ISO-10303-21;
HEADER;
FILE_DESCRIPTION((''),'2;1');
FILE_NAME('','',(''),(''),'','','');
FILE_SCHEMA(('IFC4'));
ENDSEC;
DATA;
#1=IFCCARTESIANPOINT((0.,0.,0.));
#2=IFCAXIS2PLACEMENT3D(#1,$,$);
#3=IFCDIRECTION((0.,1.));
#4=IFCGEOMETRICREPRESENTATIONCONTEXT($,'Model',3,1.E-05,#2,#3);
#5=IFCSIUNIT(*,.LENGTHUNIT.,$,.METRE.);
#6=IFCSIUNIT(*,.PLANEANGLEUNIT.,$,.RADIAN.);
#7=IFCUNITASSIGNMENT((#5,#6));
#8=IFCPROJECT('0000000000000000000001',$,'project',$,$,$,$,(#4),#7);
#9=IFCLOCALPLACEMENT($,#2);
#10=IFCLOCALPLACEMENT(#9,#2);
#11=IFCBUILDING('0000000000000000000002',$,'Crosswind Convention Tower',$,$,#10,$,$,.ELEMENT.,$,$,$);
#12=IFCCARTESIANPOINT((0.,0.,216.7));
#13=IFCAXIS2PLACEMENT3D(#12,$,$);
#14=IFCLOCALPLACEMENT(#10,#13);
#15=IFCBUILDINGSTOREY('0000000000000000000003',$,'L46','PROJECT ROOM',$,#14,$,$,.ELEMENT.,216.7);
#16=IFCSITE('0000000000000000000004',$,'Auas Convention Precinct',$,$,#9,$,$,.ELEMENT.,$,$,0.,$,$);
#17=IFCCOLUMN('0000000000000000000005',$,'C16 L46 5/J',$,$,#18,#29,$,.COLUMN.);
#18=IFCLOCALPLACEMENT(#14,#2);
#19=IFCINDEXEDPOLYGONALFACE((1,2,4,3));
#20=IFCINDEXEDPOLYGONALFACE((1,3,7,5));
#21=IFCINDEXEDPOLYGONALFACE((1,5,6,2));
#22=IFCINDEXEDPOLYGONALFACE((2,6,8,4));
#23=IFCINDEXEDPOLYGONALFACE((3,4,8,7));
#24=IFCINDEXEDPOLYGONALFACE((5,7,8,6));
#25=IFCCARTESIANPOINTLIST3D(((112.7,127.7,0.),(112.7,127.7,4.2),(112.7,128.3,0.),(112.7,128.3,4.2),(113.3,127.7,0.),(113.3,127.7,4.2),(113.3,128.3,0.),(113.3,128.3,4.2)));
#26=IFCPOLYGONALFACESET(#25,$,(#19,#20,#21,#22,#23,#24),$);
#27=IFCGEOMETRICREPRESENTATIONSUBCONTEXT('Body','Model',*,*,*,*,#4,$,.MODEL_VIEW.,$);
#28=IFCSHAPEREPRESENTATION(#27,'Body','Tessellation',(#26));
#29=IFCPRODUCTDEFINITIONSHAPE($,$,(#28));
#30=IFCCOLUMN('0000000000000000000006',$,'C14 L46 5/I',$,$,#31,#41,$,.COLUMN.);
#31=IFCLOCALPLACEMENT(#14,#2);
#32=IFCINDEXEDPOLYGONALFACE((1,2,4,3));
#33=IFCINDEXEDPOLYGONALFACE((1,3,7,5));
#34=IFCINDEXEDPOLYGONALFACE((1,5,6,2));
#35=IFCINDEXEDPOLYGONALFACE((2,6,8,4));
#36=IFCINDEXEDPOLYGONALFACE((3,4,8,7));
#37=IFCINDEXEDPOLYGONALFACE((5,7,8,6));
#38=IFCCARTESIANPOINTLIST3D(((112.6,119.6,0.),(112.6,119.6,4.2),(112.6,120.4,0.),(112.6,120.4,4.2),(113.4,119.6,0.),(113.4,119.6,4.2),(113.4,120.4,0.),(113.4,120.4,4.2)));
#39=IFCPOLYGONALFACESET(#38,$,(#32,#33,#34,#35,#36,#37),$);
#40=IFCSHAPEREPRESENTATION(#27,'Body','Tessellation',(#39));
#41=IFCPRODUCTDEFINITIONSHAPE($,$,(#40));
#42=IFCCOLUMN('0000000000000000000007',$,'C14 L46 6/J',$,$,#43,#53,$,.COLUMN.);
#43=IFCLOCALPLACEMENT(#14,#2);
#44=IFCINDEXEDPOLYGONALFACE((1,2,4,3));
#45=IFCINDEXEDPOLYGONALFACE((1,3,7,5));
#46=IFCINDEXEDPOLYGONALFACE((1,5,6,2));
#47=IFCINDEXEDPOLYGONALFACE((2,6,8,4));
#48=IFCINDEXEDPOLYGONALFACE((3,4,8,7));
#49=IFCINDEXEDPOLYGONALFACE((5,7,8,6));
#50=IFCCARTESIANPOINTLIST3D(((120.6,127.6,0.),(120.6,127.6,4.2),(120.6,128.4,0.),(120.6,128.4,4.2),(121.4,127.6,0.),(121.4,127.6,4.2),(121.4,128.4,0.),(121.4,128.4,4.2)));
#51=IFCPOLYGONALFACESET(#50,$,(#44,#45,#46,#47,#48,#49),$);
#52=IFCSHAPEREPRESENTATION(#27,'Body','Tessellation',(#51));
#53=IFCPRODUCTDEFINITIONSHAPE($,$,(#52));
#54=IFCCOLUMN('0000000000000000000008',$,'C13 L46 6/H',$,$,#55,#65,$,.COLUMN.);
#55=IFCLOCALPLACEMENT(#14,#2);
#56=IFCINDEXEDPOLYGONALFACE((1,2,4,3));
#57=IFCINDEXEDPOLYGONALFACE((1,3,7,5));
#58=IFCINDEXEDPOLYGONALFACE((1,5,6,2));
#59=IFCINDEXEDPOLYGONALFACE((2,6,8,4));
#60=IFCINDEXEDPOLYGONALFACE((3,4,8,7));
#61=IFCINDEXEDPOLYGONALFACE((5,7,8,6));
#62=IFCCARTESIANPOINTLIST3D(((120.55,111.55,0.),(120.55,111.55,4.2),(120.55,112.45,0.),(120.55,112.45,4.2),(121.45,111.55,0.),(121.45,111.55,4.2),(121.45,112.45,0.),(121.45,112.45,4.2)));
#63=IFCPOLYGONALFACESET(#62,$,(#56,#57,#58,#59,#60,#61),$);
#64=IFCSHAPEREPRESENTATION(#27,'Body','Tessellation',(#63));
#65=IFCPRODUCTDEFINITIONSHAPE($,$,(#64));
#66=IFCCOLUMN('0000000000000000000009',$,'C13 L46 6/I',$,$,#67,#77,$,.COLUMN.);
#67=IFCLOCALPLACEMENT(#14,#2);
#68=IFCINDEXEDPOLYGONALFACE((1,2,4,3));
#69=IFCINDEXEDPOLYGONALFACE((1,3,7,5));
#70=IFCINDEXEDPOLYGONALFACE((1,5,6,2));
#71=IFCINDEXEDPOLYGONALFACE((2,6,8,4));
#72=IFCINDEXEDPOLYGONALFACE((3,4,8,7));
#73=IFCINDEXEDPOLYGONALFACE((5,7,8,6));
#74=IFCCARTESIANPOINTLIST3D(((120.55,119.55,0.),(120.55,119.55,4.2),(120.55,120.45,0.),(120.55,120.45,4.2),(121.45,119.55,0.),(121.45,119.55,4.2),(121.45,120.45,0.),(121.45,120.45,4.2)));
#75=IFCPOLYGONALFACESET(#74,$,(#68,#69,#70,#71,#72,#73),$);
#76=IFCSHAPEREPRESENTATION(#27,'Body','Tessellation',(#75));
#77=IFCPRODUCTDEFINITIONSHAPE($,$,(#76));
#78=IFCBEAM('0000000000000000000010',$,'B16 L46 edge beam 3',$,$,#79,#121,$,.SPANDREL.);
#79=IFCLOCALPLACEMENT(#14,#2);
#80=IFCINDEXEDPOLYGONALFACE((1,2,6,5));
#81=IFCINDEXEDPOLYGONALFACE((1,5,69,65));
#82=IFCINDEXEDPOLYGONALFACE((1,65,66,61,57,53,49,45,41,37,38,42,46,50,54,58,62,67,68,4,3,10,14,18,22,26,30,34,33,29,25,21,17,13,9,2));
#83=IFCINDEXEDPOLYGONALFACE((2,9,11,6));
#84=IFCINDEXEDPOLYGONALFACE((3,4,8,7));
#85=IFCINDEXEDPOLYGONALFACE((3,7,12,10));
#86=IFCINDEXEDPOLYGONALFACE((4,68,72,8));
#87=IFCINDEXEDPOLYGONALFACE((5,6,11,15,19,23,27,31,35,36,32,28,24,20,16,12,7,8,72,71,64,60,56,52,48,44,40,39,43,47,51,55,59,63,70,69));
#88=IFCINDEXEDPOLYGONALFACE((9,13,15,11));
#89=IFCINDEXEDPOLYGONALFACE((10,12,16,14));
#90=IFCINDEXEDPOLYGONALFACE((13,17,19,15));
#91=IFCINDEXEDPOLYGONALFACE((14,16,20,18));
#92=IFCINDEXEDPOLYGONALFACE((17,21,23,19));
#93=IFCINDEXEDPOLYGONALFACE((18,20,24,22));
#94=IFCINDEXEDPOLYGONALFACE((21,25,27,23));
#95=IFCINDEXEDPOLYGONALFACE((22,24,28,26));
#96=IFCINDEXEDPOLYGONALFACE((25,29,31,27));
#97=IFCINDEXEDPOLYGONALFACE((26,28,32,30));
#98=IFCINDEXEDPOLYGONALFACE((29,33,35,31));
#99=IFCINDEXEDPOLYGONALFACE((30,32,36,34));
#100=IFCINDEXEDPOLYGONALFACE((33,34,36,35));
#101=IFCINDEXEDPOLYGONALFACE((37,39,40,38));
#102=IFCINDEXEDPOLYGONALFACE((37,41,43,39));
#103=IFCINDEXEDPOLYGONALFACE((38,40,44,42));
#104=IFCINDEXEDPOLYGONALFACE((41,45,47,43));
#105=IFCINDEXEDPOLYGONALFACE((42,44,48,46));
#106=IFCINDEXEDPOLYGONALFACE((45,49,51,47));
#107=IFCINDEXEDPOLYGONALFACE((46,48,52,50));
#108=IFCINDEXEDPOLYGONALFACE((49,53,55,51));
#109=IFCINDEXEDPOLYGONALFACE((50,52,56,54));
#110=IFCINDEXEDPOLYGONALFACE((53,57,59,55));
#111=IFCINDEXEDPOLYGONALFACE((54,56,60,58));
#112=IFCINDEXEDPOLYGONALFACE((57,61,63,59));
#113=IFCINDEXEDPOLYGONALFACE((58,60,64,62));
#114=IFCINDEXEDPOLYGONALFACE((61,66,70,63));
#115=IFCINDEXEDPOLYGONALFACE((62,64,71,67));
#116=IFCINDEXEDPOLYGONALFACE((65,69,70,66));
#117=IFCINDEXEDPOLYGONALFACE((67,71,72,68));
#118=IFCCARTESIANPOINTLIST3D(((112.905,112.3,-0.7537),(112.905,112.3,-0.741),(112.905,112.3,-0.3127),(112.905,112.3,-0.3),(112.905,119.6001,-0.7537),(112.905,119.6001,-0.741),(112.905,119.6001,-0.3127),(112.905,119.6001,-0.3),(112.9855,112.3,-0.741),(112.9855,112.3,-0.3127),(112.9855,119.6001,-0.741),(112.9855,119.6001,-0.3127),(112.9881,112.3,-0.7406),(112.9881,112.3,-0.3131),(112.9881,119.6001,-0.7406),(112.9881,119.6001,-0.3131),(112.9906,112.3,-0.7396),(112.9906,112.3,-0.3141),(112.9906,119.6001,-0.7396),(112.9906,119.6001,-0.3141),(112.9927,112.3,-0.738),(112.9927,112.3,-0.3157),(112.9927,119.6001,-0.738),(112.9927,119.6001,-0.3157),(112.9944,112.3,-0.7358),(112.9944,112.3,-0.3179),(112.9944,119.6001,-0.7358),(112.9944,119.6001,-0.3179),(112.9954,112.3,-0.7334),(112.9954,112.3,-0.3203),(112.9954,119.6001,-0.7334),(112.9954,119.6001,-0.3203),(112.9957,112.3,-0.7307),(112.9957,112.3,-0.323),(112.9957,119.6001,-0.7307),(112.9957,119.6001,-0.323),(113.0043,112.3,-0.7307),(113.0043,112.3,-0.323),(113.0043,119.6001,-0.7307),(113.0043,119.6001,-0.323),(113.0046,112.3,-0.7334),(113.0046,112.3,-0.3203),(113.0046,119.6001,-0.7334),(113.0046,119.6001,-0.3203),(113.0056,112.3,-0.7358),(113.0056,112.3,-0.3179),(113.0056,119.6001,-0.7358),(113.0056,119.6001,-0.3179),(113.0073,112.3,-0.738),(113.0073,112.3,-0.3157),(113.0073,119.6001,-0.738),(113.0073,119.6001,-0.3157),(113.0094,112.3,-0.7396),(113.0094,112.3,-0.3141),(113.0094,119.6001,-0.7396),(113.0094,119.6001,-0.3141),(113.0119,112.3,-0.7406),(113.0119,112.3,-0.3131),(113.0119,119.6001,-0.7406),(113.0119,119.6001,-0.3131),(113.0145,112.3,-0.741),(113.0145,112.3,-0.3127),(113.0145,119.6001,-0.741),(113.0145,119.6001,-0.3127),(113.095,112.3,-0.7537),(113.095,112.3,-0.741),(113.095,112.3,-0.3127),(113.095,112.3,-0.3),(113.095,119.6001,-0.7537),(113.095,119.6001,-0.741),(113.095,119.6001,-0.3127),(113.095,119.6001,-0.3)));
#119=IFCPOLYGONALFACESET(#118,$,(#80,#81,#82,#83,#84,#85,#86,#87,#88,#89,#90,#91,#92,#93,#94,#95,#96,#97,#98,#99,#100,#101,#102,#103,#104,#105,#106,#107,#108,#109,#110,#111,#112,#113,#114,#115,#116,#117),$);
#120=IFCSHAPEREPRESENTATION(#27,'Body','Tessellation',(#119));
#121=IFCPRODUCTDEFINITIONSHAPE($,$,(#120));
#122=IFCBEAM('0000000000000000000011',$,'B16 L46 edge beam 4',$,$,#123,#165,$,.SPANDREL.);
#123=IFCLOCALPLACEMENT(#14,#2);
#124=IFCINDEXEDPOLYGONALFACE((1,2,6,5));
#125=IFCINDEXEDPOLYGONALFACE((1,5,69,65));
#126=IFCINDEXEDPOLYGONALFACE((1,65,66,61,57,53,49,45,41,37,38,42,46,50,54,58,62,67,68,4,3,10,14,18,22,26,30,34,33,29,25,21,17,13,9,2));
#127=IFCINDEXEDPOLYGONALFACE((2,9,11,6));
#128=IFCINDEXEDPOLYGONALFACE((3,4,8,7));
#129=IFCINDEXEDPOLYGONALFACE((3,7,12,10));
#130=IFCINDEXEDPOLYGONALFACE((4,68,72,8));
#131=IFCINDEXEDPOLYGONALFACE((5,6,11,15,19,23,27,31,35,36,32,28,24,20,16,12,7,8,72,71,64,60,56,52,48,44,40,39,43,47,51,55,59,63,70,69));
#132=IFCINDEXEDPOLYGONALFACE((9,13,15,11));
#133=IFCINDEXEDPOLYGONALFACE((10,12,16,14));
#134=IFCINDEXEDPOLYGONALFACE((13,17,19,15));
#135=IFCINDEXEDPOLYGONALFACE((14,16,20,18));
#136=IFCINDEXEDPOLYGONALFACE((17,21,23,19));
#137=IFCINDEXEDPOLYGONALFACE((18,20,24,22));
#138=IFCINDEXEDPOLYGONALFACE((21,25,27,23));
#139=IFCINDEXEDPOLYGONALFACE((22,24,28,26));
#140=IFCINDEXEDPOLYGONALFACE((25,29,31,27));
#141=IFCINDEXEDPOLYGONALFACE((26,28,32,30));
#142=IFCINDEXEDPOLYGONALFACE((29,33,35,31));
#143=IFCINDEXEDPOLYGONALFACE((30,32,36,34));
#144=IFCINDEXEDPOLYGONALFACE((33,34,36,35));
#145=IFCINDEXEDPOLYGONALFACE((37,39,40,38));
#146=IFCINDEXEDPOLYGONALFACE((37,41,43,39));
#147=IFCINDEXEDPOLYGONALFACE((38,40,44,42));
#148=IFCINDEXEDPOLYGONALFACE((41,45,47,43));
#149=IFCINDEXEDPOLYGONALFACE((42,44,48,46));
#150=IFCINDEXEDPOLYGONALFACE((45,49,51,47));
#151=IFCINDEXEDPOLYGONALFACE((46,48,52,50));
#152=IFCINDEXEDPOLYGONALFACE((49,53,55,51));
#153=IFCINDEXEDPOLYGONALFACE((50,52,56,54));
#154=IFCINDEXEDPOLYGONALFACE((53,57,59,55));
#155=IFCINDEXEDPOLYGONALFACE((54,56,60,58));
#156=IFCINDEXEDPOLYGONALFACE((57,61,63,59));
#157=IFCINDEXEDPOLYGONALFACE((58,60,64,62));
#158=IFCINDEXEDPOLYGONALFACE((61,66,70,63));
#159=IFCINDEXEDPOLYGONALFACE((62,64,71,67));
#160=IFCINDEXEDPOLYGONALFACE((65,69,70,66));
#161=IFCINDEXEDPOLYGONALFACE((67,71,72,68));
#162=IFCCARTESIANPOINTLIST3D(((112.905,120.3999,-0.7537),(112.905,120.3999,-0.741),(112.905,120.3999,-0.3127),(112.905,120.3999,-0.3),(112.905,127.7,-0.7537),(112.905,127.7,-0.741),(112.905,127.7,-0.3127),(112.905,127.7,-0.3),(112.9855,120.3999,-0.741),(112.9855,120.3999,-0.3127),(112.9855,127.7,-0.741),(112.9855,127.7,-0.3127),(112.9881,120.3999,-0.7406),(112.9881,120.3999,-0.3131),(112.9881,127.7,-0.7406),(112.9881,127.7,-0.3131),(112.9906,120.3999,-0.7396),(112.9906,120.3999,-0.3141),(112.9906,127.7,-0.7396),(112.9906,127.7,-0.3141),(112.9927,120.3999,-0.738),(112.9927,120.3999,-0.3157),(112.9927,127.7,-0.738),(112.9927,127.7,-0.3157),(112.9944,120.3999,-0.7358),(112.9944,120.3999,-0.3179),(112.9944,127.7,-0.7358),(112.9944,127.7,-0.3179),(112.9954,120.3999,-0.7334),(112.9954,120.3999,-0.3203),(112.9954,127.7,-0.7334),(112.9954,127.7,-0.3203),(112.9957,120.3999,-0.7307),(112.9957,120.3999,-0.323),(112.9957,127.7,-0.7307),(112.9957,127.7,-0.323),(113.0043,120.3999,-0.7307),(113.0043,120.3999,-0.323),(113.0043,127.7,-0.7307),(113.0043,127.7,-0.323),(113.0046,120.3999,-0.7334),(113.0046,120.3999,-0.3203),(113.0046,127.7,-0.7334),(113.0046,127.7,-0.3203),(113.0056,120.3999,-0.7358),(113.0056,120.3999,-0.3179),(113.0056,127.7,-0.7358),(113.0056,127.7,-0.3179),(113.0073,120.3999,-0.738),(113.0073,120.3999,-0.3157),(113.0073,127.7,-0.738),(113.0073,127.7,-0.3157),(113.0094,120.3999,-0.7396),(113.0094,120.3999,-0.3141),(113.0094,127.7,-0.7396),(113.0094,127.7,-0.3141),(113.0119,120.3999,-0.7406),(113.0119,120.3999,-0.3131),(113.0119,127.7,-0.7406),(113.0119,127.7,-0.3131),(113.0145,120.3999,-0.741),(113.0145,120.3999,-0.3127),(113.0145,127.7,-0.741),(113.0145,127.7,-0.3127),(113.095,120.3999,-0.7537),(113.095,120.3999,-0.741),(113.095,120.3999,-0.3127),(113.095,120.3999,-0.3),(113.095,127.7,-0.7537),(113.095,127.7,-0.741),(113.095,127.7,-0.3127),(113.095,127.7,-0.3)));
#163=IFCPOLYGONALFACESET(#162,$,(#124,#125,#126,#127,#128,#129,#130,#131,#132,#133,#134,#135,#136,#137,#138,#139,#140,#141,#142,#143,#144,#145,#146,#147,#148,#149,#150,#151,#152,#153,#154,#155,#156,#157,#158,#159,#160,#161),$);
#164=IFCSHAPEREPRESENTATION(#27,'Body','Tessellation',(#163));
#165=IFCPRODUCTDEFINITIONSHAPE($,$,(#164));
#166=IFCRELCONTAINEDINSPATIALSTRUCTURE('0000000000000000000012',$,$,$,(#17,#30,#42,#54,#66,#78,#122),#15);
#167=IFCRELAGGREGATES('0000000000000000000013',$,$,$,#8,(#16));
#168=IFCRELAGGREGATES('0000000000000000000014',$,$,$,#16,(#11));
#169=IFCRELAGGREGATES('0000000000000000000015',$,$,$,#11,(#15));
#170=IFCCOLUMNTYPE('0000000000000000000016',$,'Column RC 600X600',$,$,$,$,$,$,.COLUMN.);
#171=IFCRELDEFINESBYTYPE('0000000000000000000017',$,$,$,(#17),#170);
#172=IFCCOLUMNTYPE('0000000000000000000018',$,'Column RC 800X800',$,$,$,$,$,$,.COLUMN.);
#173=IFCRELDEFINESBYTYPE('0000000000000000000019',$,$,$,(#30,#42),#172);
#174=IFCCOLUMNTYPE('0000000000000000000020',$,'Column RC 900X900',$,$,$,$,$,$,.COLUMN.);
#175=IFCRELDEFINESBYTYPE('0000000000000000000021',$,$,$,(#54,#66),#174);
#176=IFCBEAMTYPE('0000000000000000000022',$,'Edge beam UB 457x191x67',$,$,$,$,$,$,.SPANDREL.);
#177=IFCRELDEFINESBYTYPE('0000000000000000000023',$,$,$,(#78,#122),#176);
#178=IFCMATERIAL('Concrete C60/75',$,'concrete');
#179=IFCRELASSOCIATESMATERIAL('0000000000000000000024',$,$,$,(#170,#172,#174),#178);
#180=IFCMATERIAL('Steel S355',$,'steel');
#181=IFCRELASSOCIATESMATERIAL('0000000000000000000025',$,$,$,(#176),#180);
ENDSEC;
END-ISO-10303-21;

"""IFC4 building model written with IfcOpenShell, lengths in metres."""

from ifc_helpers import new_model, si_unit, direction, frame, origin, origin_2d, place, context, subcontext, project, spatial, rectangle, i_section, extrude, material, material_profile, profile_set, type_object, element, save


model = new_model("IFC4")

# Units and contexts
model_context = context("Model", 3, precision=1e-05, world=origin(), true_north=direction((0.0, 1.0)))
body_context = subcontext(model_context, "Body", "Model", "MODEL_VIEW")
ifc_project = project(units=[si_unit("LENGTHUNIT", "METRE"), si_unit("PLANEANGLEUNIT", "RADIAN")], contexts=[model_context])

# Site, building, storey
site_placement = place(None, origin())
site = spatial("IfcSite", under=ifc_project, at=site_placement, Name="Auas Convention Precinct", CompositionType="ELEMENT", RefElevation=0.0)
building_placement = place(site_placement, origin())
building = spatial("IfcBuilding", under=site, at=building_placement, Name="Crosswind Convention Tower", CompositionType="ELEMENT")
storey_placement = place(building_placement, frame((0.0, 0.0, 216.7)))
storey = spatial("IfcBuildingStorey", under=building, at=storey_placement, Name="L46", Description="PROJECT ROOM", CompositionType="ELEMENT", Elevation=216.7)

# Columns
ifc_material_1 = material(Name="Concrete C60/75", Category="concrete")
ifc_material_profile_1 = material_profile(ifc_material_1, rectangle(XDim=0.6001, YDim=0.6001, at=origin_2d()), Name="RC 600X600")
ifc_profile_set_1 = profile_set([ifc_material_profile_1], Name="Concrete C60/75")
column_type_1 = type_object("IfcColumnType", Name="Column RC 600X600", PredefinedType="COLUMN", material=ifc_profile_set_1)
column_placement = place(storey_placement, frame((113.0, 128.0, 0.0), z_axis=(0.0, 0.0, 1.0), x_axis=(1.0, 0.0, 0.0)))
element("IfcColumn", 1, at=column_placement, inside=storey, type_object=column_type_1, Name="C16 L46 5/J", PredefinedType="COLUMN", context=body_context, shape_type="SweptSolid", body=[
    extrude(rectangle(XDim=0.6001, YDim=0.6001, at=origin_2d()), origin(), (0.0, 0.0, 1.0), 4.2),
])
ifc_material_profile_2 = material_profile(ifc_material_1, rectangle(XDim=0.8, YDim=0.8, at=origin_2d()), Name="RC 800X800")
ifc_profile_set_2 = profile_set([ifc_material_profile_2], Name="Concrete C60/75")
column_type_2 = type_object("IfcColumnType", Name="Column RC 800X800", PredefinedType="COLUMN", material=ifc_profile_set_2)
for number, where, z_axis, x_axis, name in (
    (2, (113.0, 120.0, 0.0), (0.0, 0.0, 1.0), (1.0, 0.0, 0.0), "C14 L46 5/I"),
    (3, (121.0, 128.0, 0.0), (0.0, 0.0, 1.0), (1.0, 0.0, 0.0), "C14 L46 6/J"),
):
    element("IfcColumn", number, at=place(storey_placement, frame(where, z_axis=z_axis, x_axis=x_axis)), inside=storey, type_object=column_type_2, Name=name, PredefinedType="COLUMN", context=body_context, shape_type="SweptSolid", body=[
        extrude(rectangle(XDim=0.8, YDim=0.8, at=origin_2d()), origin(), (0.0, 0.0, 1.0), 4.2),
    ])
ifc_material_profile_3 = material_profile(ifc_material_1, rectangle(XDim=0.8999, YDim=0.8999, at=origin_2d()), Name="RC 900X900")
ifc_profile_set_3 = profile_set([ifc_material_profile_3], Name="Concrete C60/75")
column_type_3 = type_object("IfcColumnType", Name="Column RC 900X900", PredefinedType="COLUMN", material=ifc_profile_set_3)
for number, where, z_axis, x_axis, name in (
    (4, (121.0, 112.0, 0.0), (0.0, 0.0, 1.0), (1.0, 0.0, 0.0), "C13 L46 6/H"),
    (5, (121.0, 120.0, 0.0), (0.0, 0.0, 1.0), (1.0, 0.0, 0.0), "C13 L46 6/I"),
):
    element("IfcColumn", number, at=place(storey_placement, frame(where, z_axis=z_axis, x_axis=x_axis)), inside=storey, type_object=column_type_3, Name=name, PredefinedType="COLUMN", context=body_context, shape_type="SweptSolid", body=[
        extrude(rectangle(XDim=0.8999, YDim=0.8999, at=origin_2d()), origin(), (0.0, 0.0, 1.0), 4.2),
    ])

# Beams
ifc_material_2 = material(Name="Steel S355", Category="steel")
ifc_material_profile_4 = material_profile(ifc_material_2, i_section(OverallWidth=0.1899, OverallDepth=0.4536, WebThickness=0.0085, FlangeThickness=0.0127, FilletRadius=0.0103, at=origin_2d()), Name="UB 457x191x67")
ifc_profile_set_4 = profile_set([ifc_material_profile_4], Name="Steel S355")
beam_type_1 = type_object("IfcBeamType", Name="Edge beam UB 457x191x67", PredefinedType="SPANDREL", material=ifc_profile_set_4)
for number, where, z_axis, x_axis, name in (
    (6, (113.0, 112.3, -0.5269), (0.0, 1.0, 0.0), (-1.0, 0.0, 0.0), "B16 L46 edge beam 3"),
    (7, (113.0, 120.3999, -0.5269), (0.0, 1.0, 0.0), (-1.0, 0.0, 0.0), "B16 L46 edge beam 4"),
):
    element("IfcBeam", number, at=place(storey_placement, frame(where, z_axis=z_axis, x_axis=x_axis)), inside=storey, type_object=beam_type_1, Name=name, PredefinedType="SPANDREL", context=body_context, shape_type="SweptSolid", body=[
        extrude(i_section(OverallWidth=0.1899, OverallDepth=0.4536, WebThickness=0.0085, FlangeThickness=0.0127, FilletRadius=0.0103, at=origin_2d()), origin(), (0.0, 0.0, 1.0), 7.3),
    ])

save(model, "model.ifc")
